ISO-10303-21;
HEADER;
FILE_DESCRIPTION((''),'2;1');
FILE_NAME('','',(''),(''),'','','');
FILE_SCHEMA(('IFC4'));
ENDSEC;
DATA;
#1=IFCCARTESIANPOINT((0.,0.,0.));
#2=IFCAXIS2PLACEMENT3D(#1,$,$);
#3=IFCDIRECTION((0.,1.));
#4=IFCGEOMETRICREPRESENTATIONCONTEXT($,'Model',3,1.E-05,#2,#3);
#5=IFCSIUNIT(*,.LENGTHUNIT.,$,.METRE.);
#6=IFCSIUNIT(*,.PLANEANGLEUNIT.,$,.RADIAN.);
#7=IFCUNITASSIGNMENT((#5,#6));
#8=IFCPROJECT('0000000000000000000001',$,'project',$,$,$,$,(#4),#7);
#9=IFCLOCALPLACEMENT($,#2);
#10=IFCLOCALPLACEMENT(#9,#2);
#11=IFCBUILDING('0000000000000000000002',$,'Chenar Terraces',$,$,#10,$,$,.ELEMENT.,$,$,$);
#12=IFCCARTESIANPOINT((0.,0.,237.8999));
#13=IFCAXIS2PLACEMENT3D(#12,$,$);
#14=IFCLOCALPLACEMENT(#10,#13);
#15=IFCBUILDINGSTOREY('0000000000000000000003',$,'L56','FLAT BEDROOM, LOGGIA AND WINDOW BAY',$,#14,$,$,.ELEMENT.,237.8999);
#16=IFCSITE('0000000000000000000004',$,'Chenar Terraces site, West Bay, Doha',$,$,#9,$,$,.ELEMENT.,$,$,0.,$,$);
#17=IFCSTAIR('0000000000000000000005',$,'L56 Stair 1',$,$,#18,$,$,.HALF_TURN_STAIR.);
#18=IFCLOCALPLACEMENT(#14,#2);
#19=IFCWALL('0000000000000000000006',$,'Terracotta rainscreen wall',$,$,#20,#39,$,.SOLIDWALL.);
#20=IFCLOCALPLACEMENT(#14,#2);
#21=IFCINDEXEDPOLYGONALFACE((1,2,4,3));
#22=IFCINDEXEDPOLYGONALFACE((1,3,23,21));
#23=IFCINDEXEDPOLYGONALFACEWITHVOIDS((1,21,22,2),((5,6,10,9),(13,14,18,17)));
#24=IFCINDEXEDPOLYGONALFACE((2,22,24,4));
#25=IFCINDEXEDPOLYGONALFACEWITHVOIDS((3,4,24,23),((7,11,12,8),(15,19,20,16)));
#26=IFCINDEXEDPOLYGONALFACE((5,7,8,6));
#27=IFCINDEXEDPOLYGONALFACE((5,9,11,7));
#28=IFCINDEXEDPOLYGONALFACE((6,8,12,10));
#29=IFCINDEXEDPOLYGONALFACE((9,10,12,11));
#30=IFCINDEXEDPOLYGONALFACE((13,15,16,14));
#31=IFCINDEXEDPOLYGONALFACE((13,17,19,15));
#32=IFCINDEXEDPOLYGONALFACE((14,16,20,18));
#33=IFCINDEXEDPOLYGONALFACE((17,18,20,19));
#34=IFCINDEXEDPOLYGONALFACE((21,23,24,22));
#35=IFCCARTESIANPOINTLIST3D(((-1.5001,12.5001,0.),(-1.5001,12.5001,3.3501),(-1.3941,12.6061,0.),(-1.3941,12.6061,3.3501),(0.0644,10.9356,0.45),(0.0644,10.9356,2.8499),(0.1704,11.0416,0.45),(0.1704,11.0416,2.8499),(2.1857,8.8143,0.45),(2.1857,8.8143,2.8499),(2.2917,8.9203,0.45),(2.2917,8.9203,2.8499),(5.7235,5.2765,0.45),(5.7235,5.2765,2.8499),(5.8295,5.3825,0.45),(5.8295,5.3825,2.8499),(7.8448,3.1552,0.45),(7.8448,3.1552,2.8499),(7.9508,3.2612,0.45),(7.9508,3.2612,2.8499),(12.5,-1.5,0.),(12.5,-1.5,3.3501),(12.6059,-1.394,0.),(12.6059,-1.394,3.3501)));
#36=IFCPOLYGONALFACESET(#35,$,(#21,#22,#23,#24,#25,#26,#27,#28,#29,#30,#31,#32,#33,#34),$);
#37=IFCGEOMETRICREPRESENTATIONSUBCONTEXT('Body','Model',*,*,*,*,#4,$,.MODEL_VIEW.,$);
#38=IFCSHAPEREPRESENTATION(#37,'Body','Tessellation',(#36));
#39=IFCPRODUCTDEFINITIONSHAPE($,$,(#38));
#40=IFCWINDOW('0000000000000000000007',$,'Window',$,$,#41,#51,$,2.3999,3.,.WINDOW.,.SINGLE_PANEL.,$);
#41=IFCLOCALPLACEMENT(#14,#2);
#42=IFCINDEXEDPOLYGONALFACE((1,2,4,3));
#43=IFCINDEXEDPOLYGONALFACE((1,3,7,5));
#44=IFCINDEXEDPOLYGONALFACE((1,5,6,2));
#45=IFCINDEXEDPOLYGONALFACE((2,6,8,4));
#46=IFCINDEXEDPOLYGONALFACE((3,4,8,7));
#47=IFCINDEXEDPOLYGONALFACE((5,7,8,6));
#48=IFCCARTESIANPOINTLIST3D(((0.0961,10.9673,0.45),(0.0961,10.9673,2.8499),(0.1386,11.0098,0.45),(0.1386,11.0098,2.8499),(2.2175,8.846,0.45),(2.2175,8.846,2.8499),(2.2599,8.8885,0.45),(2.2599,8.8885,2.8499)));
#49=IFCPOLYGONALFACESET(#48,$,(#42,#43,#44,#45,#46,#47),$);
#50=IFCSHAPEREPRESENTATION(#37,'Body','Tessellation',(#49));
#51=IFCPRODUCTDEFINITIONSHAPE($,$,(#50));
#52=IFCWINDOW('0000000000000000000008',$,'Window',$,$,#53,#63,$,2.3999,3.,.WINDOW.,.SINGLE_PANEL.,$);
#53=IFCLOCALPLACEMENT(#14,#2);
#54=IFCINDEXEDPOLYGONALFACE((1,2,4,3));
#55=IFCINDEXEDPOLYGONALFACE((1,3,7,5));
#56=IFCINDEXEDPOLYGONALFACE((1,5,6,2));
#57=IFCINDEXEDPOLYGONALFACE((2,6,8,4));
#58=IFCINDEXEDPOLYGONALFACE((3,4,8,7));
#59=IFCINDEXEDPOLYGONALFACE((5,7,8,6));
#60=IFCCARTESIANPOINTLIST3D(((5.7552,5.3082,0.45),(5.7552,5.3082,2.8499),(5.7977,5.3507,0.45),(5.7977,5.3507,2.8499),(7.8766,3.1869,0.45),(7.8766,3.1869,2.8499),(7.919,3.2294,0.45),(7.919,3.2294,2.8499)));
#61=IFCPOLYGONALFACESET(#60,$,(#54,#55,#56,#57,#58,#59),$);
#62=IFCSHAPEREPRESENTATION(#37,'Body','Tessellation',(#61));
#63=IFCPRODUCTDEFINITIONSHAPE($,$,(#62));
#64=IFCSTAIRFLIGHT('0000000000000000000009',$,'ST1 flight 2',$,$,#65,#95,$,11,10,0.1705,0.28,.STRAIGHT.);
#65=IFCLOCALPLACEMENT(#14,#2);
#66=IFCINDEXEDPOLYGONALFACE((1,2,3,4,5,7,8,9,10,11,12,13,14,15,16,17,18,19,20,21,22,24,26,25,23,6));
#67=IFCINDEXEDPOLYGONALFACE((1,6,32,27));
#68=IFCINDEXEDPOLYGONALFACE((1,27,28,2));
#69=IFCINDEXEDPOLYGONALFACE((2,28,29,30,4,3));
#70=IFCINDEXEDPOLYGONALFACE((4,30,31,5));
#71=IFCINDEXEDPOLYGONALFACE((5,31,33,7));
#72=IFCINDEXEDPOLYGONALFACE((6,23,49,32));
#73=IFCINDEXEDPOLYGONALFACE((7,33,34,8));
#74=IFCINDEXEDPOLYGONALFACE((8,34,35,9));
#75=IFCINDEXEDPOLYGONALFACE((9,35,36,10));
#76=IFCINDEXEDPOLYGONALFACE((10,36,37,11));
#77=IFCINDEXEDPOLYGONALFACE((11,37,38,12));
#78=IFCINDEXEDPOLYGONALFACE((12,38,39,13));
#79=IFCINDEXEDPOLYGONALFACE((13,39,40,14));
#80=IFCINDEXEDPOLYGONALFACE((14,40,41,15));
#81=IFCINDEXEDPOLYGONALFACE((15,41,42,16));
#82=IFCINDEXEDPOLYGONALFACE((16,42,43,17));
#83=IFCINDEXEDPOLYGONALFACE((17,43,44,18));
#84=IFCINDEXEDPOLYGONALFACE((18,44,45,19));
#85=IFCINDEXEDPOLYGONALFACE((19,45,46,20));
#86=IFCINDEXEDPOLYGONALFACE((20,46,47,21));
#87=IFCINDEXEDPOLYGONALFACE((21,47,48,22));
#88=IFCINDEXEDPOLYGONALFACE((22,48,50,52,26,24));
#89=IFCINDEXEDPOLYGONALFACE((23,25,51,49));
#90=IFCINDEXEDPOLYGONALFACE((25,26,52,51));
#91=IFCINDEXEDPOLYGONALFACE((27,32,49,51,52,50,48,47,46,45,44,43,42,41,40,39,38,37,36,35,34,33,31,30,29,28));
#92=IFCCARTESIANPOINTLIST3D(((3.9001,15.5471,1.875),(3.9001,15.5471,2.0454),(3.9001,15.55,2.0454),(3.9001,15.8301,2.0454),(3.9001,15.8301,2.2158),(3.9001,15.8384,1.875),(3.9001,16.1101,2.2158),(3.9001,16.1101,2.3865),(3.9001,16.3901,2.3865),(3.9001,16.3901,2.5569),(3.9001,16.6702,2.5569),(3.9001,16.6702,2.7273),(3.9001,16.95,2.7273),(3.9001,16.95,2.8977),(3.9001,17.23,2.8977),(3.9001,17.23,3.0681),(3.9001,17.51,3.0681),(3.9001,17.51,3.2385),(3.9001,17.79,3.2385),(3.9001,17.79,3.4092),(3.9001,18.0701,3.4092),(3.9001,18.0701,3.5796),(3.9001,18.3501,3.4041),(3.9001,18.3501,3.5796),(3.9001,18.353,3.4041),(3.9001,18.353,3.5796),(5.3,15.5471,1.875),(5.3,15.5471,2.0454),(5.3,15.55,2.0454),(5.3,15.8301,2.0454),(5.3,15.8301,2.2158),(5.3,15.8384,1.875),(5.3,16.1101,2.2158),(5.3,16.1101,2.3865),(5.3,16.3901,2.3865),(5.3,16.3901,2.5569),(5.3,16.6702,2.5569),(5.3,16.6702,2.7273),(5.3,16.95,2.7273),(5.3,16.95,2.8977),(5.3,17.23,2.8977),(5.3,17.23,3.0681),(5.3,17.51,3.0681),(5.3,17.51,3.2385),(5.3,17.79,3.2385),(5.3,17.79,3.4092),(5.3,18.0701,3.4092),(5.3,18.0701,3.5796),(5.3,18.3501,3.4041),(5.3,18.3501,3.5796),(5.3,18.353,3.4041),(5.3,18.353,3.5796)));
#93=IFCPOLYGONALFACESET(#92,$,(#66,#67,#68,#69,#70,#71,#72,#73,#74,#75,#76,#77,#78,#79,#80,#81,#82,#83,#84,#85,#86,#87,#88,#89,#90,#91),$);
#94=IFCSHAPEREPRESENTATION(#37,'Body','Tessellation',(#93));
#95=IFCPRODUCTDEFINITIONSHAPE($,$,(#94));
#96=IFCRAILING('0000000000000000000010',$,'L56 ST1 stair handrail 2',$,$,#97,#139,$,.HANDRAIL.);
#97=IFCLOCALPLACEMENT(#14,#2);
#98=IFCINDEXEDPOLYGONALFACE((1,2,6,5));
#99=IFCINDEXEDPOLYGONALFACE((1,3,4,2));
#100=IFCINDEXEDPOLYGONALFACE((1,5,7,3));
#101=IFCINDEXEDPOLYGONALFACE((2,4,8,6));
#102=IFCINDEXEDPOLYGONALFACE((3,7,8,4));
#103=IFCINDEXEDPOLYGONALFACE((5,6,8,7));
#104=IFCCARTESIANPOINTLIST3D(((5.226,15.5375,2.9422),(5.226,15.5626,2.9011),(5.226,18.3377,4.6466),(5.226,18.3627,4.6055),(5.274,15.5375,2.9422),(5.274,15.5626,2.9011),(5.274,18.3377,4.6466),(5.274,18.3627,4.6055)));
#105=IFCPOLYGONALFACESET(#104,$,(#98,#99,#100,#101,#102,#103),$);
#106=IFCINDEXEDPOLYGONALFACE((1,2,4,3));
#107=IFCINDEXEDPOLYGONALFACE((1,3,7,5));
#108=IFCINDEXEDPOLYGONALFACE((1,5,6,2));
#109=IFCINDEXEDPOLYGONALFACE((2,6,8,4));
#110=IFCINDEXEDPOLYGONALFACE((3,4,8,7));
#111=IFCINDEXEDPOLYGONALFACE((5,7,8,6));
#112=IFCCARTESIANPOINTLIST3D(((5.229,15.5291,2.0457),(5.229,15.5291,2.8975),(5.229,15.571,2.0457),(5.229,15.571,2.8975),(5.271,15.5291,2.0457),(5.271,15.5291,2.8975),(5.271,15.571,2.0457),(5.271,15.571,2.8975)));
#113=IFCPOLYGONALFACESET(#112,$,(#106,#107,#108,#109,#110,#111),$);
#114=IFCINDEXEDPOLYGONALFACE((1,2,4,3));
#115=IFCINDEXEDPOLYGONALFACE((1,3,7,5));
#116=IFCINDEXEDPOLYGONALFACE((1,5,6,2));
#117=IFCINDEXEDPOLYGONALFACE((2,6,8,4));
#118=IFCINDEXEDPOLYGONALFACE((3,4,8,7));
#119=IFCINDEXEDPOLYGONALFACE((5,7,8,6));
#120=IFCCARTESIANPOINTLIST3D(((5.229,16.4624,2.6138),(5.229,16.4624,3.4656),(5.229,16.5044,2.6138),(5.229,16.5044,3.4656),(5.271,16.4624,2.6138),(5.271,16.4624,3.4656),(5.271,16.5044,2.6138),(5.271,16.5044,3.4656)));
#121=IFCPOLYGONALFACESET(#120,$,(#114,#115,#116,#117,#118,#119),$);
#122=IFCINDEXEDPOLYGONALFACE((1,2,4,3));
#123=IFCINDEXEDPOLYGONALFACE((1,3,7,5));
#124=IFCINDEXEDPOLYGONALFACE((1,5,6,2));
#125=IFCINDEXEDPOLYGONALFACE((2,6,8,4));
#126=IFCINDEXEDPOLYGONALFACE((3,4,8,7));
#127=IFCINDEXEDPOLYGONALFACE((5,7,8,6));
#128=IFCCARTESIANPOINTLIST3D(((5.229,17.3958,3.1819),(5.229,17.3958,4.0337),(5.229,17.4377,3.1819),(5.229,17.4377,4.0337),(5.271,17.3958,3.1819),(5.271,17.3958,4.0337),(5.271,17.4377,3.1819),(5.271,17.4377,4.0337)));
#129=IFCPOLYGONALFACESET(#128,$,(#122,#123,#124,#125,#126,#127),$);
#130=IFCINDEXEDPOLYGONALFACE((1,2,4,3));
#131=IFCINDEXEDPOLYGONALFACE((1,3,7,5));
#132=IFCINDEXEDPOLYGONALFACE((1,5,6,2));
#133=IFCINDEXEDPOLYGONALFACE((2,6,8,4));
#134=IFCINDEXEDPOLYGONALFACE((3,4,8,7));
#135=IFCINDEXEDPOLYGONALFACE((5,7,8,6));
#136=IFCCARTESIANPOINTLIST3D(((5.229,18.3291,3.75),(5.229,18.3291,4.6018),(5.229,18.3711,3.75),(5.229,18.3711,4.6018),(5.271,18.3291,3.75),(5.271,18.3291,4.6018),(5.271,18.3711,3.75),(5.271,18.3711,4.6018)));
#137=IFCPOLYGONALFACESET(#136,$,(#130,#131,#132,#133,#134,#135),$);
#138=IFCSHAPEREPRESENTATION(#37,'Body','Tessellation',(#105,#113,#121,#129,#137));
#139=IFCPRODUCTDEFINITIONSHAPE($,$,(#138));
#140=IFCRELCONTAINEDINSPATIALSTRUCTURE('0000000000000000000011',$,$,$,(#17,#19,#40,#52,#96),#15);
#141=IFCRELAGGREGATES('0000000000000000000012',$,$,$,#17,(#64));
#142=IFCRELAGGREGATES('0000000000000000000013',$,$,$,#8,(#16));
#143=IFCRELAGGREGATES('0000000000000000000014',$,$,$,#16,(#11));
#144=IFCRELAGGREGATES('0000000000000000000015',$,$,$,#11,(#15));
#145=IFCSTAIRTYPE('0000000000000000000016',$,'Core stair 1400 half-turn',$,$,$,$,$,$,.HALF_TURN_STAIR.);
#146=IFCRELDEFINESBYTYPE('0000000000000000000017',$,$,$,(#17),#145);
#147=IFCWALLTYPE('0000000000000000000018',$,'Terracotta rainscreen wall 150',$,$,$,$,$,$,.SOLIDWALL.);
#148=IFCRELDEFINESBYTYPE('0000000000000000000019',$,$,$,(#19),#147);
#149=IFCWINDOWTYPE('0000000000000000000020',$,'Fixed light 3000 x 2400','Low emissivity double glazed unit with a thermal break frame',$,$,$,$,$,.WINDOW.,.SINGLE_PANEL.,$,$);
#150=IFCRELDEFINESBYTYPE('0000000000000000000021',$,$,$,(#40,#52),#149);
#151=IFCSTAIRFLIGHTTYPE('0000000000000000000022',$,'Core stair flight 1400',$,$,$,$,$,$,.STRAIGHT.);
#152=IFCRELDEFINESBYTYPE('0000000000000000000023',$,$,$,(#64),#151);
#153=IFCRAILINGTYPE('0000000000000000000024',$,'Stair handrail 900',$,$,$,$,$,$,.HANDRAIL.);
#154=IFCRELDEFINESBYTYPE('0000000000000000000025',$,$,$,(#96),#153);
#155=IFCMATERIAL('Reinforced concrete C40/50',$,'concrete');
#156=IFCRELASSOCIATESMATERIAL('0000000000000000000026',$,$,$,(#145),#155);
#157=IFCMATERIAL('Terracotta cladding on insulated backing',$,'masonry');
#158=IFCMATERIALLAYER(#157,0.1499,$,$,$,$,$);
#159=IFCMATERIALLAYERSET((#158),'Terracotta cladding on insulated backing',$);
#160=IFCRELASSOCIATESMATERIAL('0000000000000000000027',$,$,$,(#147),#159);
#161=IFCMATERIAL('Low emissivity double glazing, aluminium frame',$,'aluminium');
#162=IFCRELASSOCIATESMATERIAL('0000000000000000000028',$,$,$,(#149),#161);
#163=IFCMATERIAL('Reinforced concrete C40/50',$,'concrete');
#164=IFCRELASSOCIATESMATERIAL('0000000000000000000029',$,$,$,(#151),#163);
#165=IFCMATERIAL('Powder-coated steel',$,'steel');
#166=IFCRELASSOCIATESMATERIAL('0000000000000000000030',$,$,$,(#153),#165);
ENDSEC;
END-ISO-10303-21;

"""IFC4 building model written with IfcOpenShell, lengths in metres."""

from ifc_helpers import new_model, si_unit, direction, frame, frame_2d, origin, origin_2d, place, context, subcontext, project, spatial, polyline, rectangle, outline, extrude, material, layer, layer_set, type_object, element, fill, aggregate, save


model = new_model("IFC4")

# Units and contexts
model_context = context("Model", 3, precision=1e-05, world=origin(), true_north=direction((0.0, 1.0)))
body_context = subcontext(model_context, "Body", "Model", "MODEL_VIEW")
ifc_project = project(units=[si_unit("LENGTHUNIT", "METRE"), si_unit("PLANEANGLEUNIT", "RADIAN")], contexts=[model_context])

# Site, building, storey
site_placement = place(None, origin())
site = spatial("IfcSite", under=ifc_project, at=site_placement, Name="Chenar Terraces site, West Bay, Doha", CompositionType="ELEMENT", RefElevation=0.0)
building_placement = place(site_placement, origin())
building = spatial("IfcBuilding", under=site, at=building_placement, Name="Chenar Terraces", CompositionType="ELEMENT")
storey_placement = place(building_placement, frame((0.0, 0.0, 237.8999)))
storey = spatial("IfcBuildingStorey", under=building, at=storey_placement, Name="L56", Description="FLAT BEDROOM, LOGGIA AND WINDOW BAY", CompositionType="ELEMENT", Elevation=237.8999)

# Stair
ifc_material_1 = material(Name="Reinforced concrete C40/50", Category="concrete")
stair_type = type_object("IfcStairType", Name="Core stair 1400 half-turn", PredefinedType="HALF_TURN_STAIR", material=ifc_material_1)
placement_1 = place(storey_placement, origin())
stair_1 = element("IfcStair", 1, at=placement_1, inside=storey, type_object=stair_type, Name="L56 Stair 1", PredefinedType="HALF_TURN_STAIR")

# Wall, openings, windows
ifc_material_2 = material(Name="Terracotta cladding on insulated backing", Category="masonry")
ifc_layer_1 = layer(ifc_material_2, 0.1499)
ifc_layer_set_1 = layer_set([ifc_layer_1], Name="Terracotta cladding on insulated backing")
wall_type_1 = type_object("IfcWallType", Name="Terracotta rainscreen wall 150", PredefinedType="SOLIDWALL", material=ifc_layer_set_1)
wall_1_placement = place(storey_placement, frame((-1.447, 12.553, 0.0), z_axis=(0.0, 0.0, 1.0), x_axis=(0.707107, -0.707107, 0.0)))
wall_1 = element("IfcWall", 2, at=wall_1_placement, inside=storey, type_object=wall_type_1, Name="Terracotta rainscreen wall", PredefinedType="SOLIDWALL", context=body_context, shape_type="SweptSolid", body=[
    extrude(rectangle(XDim=19.7991, YDim=0.1499, at=frame_2d((9.8994, 0.0))), origin(), (0.0, 0.0, 1.0), 3.3501),
])
opening_1_placement = place(wall_1_placement, frame((2.2124, 0.0, 0.45)))
opening_1 = element("IfcOpeningElement", 3, at=opening_1_placement, cuts=wall_1, PredefinedType="OPENING", context=body_context, shape_type="SweptSolid", body=[
    extrude(rectangle(XDim=3.0, YDim=2.3999, at=frame_2d((1.5, 1.2))), frame((0.0, 0.085, 0.0), z_axis=(0.0, -1.0, 0.0), x_axis=(1.0, 0.0, 0.0)), (0.0, 0.0, 1.0), 0.1699),
])
opening_2_placement = place(wall_1_placement, frame((10.2156, 0.0, 0.45)))
opening_2 = element("IfcOpeningElement", 4, at=opening_2_placement, cuts=wall_1, PredefinedType="OPENING", context=body_context, shape_type="SweptSolid", body=[
    extrude(rectangle(XDim=3.0, YDim=2.3999, at=frame_2d((1.5, 1.2))), frame((0.0, 0.085, 0.0), z_axis=(0.0, -1.0, 0.0), x_axis=(1.0, 0.0, 0.0)), (0.0, 0.0, 1.0), 0.1699),
])
ifc_material_3 = material(Name="Low emissivity double glazing, aluminium frame", Category="aluminium")
window_type = type_object("IfcWindowType", Name="Fixed light 3000 x 2400", Description="Low emissivity double glazed unit with a thermal break frame", PartitioningType="SINGLE_PANEL", PredefinedType="WINDOW", material=ifc_material_3)
window_1_placement = place(opening_1_placement, origin())
window_1 = element("IfcWindow", 5, at=window_1_placement, inside=storey, type_object=window_type, Name="Window", OverallHeight=2.3999, OverallWidth=3.0, PartitioningType="SINGLE_PANEL", PredefinedType="WINDOW", context=body_context, shape_type="SweptSolid", body=[
    extrude(rectangle(XDim=3.0, YDim=2.3999, at=frame_2d((1.5, 1.2))), frame((0.0, 0.03, 0.0), z_axis=(0.0, -1.0, 0.0), x_axis=(1.0, 0.0, 0.0)), (0.0, 0.0, 1.0), 0.0601),
])
fill(opening_1, window_1)
window_2_placement = place(opening_2_placement, origin())
window_2 = element("IfcWindow", 6, at=window_2_placement, inside=storey, type_object=window_type, Name="Window", OverallHeight=2.3999, OverallWidth=3.0, PartitioningType="SINGLE_PANEL", PredefinedType="WINDOW", context=body_context, shape_type="SweptSolid", body=[
    extrude(rectangle(XDim=3.0, YDim=2.3999, at=frame_2d((1.5, 1.2))), frame((0.0, 0.03, 0.0), z_axis=(0.0, -1.0, 0.0), x_axis=(1.0, 0.0, 0.0)), (0.0, 0.0, 1.0), 0.0601),
])
fill(opening_2, window_2)

# Stair flight
ifc_material_4 = material(Name="Reinforced concrete C40/50", Category="concrete")
stair_flight_type = type_object("IfcStairFlightType", Name="Core stair flight 1400", PredefinedType="STRAIGHT", material=ifc_material_4)
stair_flight_placement = place(storey_placement, frame((4.6001, 15.55, 1.875), z_axis=(0.0, 0.0, 1.0), x_axis=(0.0, 1.0, 0.0)))
stair_flight = element("IfcStairFlight", 7, at=stair_flight_placement, type_object=stair_flight_type, Name="ST1 flight 2", NumberOfRisers=11, NumberOfTreads=10, PredefinedType="STRAIGHT", RiserHeight=0.1705, TreadLength=0.28, context=body_context, shape_type="SweptSolid", body=[
    extrude(outline(polyline([(-0.0029, 0.0), (-0.0029, 0.1704), (0.0, 0.1704), (0.28, 0.1704), (0.28, 0.3408), (0.5601, 0.3408), (0.5601, 0.5115), (0.8401, 0.5115), (0.8401, 0.6819), (1.1201, 0.6819), (1.1201, 0.8523), (1.3999, 0.8523), (1.3999, 1.0227), (1.6799, 1.0227), (1.6799, 1.1931), (1.96, 1.1931), (1.96, 1.3635), (2.24, 1.3635), (2.24, 1.5342), (2.52, 1.5342), (2.52, 1.7046), (2.8, 1.7046), (2.803, 1.7046), (2.803, 1.5291), (2.8, 1.5291), (0.2883, 0.0), (-0.0029, 0.0)])), frame((0.0, 0.7, 0.0), z_axis=(0.0, -1.0, 0.0), x_axis=(1.0, 0.0, 0.0)), (0.0, 0.0, 1.0), 1.3999),
])
aggregate(stair_1, [stair_flight])

# Railing
ifc_material_5 = material(Name="Powder-coated steel", Category="steel")
railing_type = type_object("IfcRailingType", Name="Stair handrail 900", PredefinedType="HANDRAIL", material=ifc_material_5)
railing_placement = place(storey_placement, frame((5.25, 15.55, 2.0457)))
element("IfcRailing", 8, at=railing_placement, inside=storey, type_object=railing_type, Name="L56 ST1 stair handrail 2", PredefinedType="HANDRAIL", context=body_context, shape_type="SweptSolid", body=[
    extrude(rectangle(XDim=0.0481, YDim=0.0481, at=origin_2d()), frame((0.0, 0.0, 0.876), z_axis=(0.0, 0.854203, 0.51994), x_axis=(-1.0, 0.0, 0.0)), (0.0, 0.0, 1.0), 3.2781),
    extrude(rectangle(XDim=0.042, YDim=0.042, at=origin_2d()), origin(), (0.0, 0.0, 1.0), 0.8518),
    extrude(rectangle(XDim=0.042, YDim=0.042, at=origin_2d()), frame((0.0, 0.9333, 0.5681)), (0.0, 0.0, 1.0), 0.8518),
    extrude(rectangle(XDim=0.042, YDim=0.042, at=origin_2d()), frame((0.0, 1.8667, 1.1362)), (0.0, 0.0, 1.0), 0.8518),
    extrude(rectangle(XDim=0.042, YDim=0.042, at=origin_2d()), frame((0.0, 2.8, 1.7043)), (0.0, 0.0, 1.0), 0.8518),
])

save(model, "model.ifc")
